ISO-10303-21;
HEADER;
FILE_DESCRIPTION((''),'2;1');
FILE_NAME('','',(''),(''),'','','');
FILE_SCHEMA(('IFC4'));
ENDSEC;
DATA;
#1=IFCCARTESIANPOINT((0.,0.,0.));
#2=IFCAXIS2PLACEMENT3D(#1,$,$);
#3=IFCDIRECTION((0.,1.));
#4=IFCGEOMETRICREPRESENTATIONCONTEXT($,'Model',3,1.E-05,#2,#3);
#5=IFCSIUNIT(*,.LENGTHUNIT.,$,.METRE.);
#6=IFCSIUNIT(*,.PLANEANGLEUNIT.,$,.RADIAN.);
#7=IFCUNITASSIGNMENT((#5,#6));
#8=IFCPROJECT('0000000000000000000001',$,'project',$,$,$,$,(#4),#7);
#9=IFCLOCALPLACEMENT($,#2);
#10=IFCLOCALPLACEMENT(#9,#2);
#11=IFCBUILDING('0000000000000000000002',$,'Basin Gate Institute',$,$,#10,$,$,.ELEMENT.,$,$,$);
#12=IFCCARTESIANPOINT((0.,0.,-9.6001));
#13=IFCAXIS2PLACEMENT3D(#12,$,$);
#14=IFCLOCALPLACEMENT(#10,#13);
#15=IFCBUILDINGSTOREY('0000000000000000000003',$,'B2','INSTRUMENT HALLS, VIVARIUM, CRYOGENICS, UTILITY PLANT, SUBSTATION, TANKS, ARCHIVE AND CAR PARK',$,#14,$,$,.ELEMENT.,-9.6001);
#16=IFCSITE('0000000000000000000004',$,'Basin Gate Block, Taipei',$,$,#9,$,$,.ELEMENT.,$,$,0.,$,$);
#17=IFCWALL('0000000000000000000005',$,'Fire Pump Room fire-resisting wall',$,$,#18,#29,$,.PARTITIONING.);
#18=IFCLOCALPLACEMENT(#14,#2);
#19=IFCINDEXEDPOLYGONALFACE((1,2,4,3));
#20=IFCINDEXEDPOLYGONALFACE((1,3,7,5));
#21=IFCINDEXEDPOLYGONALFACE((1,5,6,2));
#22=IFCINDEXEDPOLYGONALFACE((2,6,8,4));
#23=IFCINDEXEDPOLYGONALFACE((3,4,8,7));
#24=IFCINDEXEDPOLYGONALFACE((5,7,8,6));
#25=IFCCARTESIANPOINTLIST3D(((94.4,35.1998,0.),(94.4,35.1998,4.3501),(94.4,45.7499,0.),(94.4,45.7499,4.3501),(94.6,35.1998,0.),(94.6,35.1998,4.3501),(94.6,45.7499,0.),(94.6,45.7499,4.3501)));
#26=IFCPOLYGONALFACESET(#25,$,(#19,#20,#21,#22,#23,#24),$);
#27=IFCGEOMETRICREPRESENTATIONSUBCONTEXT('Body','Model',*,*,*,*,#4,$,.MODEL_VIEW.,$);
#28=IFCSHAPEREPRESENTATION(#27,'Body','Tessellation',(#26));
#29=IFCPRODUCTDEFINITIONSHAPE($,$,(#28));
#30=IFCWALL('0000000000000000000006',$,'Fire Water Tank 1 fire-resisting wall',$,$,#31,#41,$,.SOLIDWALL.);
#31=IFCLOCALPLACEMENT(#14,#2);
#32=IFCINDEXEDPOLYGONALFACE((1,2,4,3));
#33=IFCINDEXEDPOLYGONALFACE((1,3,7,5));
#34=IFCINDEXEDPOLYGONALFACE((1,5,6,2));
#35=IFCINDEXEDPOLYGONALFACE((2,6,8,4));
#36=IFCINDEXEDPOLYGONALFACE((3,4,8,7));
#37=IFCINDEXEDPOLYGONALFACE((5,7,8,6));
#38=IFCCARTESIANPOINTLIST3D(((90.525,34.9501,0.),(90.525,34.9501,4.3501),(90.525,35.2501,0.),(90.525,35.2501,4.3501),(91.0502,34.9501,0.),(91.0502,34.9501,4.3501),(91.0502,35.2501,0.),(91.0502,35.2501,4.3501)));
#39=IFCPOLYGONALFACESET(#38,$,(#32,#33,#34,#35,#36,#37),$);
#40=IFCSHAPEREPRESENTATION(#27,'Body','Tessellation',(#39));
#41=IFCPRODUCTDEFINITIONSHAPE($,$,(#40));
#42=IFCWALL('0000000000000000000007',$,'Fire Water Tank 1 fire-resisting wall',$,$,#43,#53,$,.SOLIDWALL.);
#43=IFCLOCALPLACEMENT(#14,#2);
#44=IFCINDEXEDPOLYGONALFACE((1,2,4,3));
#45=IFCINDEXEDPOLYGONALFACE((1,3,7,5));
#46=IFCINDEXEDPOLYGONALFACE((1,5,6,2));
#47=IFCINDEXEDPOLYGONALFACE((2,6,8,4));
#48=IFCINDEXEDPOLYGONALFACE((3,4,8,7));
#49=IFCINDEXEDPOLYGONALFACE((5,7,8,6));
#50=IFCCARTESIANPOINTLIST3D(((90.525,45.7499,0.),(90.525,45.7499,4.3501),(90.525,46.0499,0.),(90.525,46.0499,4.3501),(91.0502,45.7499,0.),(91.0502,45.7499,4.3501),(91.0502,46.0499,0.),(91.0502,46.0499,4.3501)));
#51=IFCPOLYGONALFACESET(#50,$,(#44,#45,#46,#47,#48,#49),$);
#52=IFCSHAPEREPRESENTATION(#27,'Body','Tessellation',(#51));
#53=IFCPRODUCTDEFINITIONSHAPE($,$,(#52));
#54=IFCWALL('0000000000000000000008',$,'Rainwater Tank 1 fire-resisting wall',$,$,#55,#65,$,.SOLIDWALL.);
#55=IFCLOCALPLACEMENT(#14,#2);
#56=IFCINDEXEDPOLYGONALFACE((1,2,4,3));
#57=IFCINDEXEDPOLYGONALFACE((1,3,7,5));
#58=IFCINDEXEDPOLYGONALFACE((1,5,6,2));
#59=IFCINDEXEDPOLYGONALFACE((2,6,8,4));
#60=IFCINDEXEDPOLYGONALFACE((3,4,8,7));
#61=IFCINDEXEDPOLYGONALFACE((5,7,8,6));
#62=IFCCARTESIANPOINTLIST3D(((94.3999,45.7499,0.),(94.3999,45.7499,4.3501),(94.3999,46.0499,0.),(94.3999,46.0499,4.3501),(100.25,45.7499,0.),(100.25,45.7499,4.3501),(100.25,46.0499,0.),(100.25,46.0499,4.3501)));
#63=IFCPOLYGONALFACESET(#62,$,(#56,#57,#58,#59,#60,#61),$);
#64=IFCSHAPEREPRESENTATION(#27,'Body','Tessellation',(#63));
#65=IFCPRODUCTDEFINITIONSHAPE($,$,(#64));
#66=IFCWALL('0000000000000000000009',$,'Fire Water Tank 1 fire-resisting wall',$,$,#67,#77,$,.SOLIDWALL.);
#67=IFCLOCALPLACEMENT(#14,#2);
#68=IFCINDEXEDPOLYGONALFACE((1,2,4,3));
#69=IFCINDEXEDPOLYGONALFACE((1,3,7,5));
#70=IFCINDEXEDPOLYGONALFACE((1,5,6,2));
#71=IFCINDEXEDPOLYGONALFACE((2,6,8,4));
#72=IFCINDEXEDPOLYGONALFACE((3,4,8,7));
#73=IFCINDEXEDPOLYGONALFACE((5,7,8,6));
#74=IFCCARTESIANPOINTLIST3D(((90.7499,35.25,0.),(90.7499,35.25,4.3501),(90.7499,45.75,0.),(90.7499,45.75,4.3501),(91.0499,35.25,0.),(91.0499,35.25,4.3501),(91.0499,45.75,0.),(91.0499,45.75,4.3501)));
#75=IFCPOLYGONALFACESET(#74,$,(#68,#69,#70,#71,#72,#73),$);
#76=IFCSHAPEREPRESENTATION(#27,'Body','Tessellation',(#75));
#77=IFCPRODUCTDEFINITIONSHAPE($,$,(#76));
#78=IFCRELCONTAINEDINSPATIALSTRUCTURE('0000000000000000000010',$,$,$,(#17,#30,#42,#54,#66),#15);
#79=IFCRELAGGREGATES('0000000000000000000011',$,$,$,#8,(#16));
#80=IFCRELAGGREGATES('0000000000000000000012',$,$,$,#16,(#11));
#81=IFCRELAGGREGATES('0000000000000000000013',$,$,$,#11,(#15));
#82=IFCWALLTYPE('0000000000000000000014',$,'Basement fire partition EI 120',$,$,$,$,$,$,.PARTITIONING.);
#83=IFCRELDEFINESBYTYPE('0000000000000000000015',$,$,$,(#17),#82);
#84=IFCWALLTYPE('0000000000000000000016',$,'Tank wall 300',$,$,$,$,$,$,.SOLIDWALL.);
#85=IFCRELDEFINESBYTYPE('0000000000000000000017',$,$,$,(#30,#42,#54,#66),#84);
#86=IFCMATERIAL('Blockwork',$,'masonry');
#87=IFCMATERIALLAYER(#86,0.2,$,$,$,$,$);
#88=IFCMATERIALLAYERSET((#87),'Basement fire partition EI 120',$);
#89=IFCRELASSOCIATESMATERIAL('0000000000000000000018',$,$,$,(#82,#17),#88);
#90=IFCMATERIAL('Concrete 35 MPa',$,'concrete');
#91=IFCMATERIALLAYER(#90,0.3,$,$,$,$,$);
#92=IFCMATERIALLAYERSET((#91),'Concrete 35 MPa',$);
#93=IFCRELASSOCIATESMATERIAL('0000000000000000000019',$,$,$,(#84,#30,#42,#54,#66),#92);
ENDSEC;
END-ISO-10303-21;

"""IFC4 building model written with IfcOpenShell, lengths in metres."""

from ifc_helpers import new_model, si_unit, direction, frame, frame_2d, origin, place, context, subcontext, project, spatial, rectangle, extrude, material, layer, layer_set, type_object, element, save


model = new_model("IFC4")

# Units and contexts
model_context = context("Model", 3, precision=1e-05, world=origin(), true_north=direction((0.0, 1.0)))
body_context = subcontext(model_context, "Body", "Model", "MODEL_VIEW")
ifc_project = project(units=[si_unit("LENGTHUNIT", "METRE"), si_unit("PLANEANGLEUNIT", "RADIAN")], contexts=[model_context])

# Site, building, storey
site_placement = place(None, origin())
site = spatial("IfcSite", under=ifc_project, at=site_placement, Name="Basin Gate Block, Taipei", CompositionType="ELEMENT", RefElevation=0.0)
building_placement = place(site_placement, origin())
building = spatial("IfcBuilding", under=site, at=building_placement, Name="Basin Gate Institute", CompositionType="ELEMENT")
storey_placement = place(building_placement, frame((0.0, 0.0, -9.6001)))
storey = spatial("IfcBuildingStorey", under=building, at=storey_placement, Name="B2", Description="INSTRUMENT HALLS, VIVARIUM, CRYOGENICS, UTILITY PLANT, SUBSTATION, TANKS, ARCHIVE AND CAR PARK", CompositionType="ELEMENT", Elevation=-9.6001)

# Shared definitions
ifc_material_1 = material(Name="Blockwork", Category="masonry")
ifc_layer_1 = layer(ifc_material_1, 0.2)
ifc_layer_set_1 = layer_set([ifc_layer_1], Name="Basement fire partition EI 120")
wall_type_1 = type_object("IfcWallType", Name="Basement fire partition EI 120", PredefinedType="PARTITIONING", material=ifc_layer_set_1)

# Walls
wall_1_placement = place(storey_placement, frame((94.5, 35.2, 0.0), z_axis=(0.0, 0.0, 1.0), x_axis=(0.0, 1.0, 0.0)))
element("IfcWall", 1, at=wall_1_placement, inside=storey, type_object=wall_type_1, material=ifc_layer_set_1, Name="Fire Pump Room fire-resisting wall", PredefinedType="PARTITIONING", context=body_context, shape_type="SweptSolid", body=[
    extrude(rectangle(XDim=10.55, YDim=0.2, at=frame_2d((5.2749, 0.0))), origin(), (0.0, 0.0, 1.0), 4.3501),
])
ifc_material_2 = material(Name="Concrete 35 MPa", Category="concrete")
ifc_layer_2 = layer(ifc_material_2, 0.3)
ifc_layer_set_2 = layer_set([ifc_layer_2], Name="Concrete 35 MPa")
wall_type_2 = type_object("IfcWallType", Name="Tank wall 300", PredefinedType="SOLIDWALL", material=ifc_layer_set_2)
for number, where, z_axis, x_axis, name in (
    (2, (90.5249, 35.1001, 0.0), (0.0, 0.0, 1.0), (1.0, 0.0, 0.0), "Fire Water Tank 1 fire-resisting wall"),
    (3, (90.5249, 45.8999, 0.0), (0.0, 0.0, 1.0), (1.0, 0.0, 0.0), "Fire Water Tank 1 fire-resisting wall"),
):
    element("IfcWall", number, at=place(storey_placement, frame(where, z_axis=z_axis, x_axis=x_axis)), inside=storey, type_object=wall_type_2, material=ifc_layer_set_2, Name=name, PredefinedType="SOLIDWALL", context=body_context, shape_type="SweptSolid", body=[
        extrude(rectangle(XDim=0.5251, YDim=0.3, at=frame_2d((0.2627, 0.0))), origin(), (0.0, 0.0, 1.0), 4.3501),
    ])
wall_2_placement = place(storey_placement, frame((94.3999, 45.8999, 0.0), z_axis=(0.0, 0.0, 1.0), x_axis=(1.0, 0.0, 0.0)))
element("IfcWall", 4, at=wall_2_placement, inside=storey, type_object=wall_type_2, material=ifc_layer_set_2, Name="Rainwater Tank 1 fire-resisting wall", PredefinedType="SOLIDWALL", context=body_context, shape_type="SweptSolid", body=[
    extrude(rectangle(XDim=5.8501, YDim=0.3, at=frame_2d((2.925, 0.0))), origin(), (0.0, 0.0, 1.0), 4.3501),
])
wall_3_placement = place(storey_placement, frame((90.8999, 35.25, 0.0), z_axis=(0.0, 0.0, 1.0), x_axis=(0.0, 1.0, 0.0)))
element("IfcWall", 5, at=wall_3_placement, inside=storey, type_object=wall_type_2, material=ifc_layer_set_2, Name="Fire Water Tank 1 fire-resisting wall", PredefinedType="SOLIDWALL", context=body_context, shape_type="SweptSolid", body=[
    extrude(rectangle(XDim=10.5, YDim=0.3, at=frame_2d((5.25, 0.0))), origin(), (0.0, 0.0, 1.0), 4.3501),
])

save(model, "model.ifc")
